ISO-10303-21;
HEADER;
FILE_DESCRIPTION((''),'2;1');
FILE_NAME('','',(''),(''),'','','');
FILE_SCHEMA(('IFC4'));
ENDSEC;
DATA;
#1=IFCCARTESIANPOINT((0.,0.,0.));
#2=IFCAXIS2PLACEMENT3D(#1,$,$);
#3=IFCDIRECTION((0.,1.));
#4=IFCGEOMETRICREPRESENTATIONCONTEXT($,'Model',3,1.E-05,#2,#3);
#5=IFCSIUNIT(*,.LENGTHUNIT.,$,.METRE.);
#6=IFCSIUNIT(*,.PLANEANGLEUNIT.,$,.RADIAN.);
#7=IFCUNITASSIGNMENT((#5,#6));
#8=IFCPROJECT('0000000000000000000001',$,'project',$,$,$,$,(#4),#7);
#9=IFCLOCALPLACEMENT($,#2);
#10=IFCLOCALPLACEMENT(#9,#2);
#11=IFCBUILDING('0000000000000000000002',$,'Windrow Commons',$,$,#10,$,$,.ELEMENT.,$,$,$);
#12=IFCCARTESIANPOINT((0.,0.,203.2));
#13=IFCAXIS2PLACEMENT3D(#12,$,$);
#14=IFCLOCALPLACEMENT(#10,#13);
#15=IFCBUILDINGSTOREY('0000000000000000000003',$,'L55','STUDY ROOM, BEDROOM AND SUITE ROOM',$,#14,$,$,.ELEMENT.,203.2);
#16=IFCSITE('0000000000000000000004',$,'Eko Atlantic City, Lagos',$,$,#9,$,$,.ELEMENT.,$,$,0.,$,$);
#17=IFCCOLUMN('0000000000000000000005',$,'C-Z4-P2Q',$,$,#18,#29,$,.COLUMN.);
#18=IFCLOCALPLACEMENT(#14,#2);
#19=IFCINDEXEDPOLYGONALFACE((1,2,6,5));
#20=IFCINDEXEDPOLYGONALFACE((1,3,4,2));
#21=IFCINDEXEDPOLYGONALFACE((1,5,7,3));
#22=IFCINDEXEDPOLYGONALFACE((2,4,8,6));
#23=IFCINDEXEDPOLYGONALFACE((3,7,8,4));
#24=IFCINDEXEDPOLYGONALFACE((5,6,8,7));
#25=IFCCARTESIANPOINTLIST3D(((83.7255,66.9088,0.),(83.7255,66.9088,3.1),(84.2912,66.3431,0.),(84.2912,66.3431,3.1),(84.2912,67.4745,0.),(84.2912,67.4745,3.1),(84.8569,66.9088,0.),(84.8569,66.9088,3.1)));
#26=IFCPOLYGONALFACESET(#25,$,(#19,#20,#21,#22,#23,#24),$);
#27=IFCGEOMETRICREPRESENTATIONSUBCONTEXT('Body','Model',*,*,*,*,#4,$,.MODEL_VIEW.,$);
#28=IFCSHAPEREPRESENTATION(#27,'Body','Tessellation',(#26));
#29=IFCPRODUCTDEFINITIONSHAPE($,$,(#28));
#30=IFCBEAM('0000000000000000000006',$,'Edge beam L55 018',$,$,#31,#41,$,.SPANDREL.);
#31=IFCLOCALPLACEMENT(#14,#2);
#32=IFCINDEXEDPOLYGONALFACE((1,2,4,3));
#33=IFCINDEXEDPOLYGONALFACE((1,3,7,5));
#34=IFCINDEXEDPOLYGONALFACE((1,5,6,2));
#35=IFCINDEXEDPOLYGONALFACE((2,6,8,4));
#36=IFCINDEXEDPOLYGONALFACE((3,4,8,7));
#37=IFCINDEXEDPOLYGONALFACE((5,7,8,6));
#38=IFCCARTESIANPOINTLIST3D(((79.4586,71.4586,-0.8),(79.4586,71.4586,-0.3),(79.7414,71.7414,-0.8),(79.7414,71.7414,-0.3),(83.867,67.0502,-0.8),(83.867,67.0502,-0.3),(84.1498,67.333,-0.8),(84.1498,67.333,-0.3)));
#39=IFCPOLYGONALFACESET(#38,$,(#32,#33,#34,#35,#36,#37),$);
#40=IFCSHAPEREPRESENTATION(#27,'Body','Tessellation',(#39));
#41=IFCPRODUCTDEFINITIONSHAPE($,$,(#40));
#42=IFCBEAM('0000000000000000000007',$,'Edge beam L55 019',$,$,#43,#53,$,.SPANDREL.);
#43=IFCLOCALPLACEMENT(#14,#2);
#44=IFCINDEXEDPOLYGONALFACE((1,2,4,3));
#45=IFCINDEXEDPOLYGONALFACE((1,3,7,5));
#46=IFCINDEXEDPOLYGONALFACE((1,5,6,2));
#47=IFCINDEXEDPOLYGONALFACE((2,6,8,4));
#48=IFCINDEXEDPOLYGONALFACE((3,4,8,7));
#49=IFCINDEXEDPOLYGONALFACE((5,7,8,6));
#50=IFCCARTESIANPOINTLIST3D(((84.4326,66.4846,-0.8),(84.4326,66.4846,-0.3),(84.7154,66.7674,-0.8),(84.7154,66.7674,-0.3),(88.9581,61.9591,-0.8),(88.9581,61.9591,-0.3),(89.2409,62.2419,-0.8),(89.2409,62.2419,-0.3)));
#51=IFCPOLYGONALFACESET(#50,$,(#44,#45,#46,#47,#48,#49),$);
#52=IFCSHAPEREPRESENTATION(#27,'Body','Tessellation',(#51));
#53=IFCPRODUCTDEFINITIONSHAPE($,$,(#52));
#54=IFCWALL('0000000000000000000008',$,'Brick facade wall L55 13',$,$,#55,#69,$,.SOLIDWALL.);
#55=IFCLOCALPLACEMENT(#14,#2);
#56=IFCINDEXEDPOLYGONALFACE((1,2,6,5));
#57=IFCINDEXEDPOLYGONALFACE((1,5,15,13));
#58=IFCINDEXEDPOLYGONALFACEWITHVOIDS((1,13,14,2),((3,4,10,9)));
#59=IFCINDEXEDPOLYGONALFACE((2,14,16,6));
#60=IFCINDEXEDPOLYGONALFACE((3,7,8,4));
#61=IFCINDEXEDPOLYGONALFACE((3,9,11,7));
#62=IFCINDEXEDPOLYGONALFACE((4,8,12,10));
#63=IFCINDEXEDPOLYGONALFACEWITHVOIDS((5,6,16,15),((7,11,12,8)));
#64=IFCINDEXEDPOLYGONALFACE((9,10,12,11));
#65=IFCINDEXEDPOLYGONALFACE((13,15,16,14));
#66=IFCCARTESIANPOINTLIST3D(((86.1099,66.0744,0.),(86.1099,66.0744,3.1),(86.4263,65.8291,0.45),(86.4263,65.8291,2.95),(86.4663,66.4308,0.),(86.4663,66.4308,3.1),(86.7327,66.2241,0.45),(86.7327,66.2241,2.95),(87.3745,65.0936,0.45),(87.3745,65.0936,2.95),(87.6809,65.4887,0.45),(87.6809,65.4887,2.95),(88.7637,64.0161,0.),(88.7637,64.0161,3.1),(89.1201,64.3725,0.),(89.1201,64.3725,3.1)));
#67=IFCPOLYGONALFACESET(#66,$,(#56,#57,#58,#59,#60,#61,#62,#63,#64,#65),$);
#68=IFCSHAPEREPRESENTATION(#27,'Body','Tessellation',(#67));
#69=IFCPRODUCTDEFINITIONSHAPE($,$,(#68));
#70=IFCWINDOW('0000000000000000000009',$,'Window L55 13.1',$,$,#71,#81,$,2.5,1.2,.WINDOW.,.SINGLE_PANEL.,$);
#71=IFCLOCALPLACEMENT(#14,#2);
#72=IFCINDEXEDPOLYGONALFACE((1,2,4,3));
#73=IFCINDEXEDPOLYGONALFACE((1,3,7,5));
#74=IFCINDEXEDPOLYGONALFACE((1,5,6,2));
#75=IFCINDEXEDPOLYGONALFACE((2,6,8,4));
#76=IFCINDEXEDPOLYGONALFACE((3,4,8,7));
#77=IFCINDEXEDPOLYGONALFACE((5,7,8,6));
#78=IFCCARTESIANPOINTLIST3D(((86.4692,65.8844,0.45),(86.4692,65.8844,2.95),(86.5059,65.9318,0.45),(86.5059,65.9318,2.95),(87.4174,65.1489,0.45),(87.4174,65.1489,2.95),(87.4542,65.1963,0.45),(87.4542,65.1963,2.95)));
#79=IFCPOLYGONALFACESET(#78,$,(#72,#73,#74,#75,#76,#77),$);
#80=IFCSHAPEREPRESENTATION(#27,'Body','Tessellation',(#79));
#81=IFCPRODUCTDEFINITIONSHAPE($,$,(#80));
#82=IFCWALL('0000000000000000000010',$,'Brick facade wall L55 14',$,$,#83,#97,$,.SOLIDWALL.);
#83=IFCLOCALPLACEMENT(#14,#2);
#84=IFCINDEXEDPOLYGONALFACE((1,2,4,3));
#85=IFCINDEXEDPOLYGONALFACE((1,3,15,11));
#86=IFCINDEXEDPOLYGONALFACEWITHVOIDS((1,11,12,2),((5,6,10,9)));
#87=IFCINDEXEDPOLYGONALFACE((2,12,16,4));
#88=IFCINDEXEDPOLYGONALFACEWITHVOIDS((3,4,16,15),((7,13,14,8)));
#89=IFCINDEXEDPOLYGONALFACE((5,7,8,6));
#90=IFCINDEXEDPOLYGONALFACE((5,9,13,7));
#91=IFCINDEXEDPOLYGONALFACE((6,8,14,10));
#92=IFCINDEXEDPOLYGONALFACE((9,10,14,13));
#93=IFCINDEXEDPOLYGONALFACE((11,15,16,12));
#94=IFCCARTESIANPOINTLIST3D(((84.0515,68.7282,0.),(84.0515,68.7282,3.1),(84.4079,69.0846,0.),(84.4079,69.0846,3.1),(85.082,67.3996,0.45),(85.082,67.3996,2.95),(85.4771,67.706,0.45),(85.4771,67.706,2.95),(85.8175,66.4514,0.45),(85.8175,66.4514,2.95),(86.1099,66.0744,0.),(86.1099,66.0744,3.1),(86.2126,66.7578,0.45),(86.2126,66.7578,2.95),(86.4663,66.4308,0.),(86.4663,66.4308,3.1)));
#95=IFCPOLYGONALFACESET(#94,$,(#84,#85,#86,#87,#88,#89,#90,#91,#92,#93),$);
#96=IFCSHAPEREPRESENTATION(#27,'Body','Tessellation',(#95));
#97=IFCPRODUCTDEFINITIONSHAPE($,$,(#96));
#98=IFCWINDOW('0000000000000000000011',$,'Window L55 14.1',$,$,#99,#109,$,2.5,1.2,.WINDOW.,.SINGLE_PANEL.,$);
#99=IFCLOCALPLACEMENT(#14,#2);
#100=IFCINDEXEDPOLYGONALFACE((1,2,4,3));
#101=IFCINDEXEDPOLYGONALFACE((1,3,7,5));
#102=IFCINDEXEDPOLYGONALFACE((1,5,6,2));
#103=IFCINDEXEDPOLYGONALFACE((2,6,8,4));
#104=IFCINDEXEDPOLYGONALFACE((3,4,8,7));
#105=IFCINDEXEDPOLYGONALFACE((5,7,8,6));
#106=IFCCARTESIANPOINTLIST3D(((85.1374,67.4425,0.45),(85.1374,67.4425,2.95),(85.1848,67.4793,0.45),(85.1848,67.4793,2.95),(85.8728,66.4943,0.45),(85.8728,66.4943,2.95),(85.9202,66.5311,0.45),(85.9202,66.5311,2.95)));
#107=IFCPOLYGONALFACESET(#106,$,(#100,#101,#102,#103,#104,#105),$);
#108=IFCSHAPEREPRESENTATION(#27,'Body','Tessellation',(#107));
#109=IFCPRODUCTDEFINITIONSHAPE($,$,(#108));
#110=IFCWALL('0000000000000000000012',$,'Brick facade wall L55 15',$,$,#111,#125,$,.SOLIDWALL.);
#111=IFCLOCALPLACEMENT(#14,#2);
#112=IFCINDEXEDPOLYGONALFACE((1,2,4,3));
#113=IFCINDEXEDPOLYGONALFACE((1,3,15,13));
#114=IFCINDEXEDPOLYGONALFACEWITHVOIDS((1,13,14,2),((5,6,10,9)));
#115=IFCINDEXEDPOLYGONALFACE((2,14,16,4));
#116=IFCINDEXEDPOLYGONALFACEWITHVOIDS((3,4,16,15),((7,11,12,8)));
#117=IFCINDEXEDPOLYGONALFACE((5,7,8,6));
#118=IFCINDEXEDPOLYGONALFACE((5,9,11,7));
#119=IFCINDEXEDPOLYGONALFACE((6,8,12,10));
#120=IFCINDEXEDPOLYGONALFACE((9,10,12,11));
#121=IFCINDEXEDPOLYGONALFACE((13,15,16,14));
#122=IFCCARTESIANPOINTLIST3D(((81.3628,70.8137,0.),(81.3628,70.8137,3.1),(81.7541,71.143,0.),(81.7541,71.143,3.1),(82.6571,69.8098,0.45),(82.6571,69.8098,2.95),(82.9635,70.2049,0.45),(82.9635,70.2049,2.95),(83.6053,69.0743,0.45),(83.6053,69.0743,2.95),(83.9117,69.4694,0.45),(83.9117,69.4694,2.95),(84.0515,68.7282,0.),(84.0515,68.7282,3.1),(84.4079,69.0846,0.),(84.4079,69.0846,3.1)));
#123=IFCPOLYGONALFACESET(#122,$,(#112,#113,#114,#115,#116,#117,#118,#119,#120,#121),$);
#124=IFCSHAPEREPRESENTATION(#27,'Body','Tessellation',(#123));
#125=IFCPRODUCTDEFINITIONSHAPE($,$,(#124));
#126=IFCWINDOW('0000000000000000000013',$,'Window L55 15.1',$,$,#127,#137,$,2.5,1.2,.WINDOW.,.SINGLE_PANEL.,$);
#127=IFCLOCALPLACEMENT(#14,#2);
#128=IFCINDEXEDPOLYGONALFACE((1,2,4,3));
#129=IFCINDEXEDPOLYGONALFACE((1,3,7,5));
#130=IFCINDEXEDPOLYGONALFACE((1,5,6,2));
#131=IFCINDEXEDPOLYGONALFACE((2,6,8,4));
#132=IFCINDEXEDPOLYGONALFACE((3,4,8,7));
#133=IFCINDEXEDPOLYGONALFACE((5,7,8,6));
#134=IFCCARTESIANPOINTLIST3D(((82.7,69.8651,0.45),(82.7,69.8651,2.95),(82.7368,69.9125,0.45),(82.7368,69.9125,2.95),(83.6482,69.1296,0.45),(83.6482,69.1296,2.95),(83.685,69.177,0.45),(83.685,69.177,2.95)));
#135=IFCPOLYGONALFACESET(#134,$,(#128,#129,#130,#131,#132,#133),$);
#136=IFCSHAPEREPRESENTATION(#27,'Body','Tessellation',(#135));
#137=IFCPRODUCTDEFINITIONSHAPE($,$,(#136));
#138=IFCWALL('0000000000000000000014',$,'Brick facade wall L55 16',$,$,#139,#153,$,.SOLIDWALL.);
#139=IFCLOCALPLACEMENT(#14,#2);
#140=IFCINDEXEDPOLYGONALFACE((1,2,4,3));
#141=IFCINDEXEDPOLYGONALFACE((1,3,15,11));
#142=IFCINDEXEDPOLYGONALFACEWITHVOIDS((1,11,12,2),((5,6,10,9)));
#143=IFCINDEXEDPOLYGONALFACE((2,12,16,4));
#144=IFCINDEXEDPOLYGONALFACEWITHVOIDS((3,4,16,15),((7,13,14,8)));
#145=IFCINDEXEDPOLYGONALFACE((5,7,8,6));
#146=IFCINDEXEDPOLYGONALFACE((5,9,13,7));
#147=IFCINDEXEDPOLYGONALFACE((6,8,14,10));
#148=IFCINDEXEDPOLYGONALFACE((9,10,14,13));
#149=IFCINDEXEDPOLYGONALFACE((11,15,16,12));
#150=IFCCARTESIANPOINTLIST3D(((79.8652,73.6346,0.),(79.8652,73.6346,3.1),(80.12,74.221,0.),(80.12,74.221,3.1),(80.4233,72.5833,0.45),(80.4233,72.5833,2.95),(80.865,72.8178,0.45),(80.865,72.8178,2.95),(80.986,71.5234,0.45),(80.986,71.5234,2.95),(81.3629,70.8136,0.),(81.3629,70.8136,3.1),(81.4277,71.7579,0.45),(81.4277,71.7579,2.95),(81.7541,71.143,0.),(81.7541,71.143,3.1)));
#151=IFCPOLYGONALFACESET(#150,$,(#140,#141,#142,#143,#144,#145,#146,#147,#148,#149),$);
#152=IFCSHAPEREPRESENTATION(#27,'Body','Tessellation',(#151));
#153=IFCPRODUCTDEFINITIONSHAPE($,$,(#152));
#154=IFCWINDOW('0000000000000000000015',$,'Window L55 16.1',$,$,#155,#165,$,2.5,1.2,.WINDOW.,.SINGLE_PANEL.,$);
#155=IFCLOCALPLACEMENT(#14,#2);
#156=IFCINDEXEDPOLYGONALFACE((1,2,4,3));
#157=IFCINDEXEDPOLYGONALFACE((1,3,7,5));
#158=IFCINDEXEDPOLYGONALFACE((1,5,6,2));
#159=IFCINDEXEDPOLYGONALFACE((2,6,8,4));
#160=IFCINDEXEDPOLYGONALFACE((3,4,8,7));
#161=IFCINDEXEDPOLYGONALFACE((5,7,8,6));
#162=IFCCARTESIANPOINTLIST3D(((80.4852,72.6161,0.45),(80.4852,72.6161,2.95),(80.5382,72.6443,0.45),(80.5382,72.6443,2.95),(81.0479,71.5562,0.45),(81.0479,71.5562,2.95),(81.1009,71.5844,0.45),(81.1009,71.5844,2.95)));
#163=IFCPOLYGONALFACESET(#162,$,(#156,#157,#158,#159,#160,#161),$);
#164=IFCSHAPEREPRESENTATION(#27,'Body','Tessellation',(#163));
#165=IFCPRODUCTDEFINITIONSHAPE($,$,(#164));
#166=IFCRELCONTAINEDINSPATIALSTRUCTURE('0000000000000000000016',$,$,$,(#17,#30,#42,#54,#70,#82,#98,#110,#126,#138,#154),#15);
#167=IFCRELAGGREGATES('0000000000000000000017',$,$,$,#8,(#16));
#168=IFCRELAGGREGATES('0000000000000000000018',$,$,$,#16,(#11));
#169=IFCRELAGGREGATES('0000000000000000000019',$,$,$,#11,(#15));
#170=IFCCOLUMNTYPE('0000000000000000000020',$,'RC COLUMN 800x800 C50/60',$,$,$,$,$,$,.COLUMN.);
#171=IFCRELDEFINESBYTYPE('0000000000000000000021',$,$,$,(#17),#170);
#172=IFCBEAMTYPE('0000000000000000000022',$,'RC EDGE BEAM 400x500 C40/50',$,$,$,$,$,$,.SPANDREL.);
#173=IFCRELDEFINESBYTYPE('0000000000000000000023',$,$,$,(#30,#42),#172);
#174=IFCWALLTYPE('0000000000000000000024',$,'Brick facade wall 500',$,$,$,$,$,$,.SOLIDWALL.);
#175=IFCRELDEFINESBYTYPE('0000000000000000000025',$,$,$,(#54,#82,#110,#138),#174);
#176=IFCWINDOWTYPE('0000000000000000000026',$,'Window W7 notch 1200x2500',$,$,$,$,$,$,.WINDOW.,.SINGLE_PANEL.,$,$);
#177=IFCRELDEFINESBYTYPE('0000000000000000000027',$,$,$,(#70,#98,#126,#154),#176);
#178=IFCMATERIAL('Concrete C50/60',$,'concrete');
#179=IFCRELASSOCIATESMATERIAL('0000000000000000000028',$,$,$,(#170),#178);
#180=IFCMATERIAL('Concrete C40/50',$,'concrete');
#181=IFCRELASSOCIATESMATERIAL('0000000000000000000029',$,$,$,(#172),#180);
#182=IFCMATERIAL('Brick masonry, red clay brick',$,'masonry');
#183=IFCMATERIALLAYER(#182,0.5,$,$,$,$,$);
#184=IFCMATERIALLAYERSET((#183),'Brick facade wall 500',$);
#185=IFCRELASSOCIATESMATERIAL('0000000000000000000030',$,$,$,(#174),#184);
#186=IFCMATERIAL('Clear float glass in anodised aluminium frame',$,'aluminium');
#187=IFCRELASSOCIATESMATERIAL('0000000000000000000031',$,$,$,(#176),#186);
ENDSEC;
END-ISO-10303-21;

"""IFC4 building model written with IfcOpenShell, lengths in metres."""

from ifc_helpers import new_model, si_unit, direction, frame, frame_2d, origin, origin_2d, place, context, subcontext, project, spatial, polyline, rectangle, outline, extrude, material, layer, layer_set, material_profile, profile_set, type_object, element, fill, save


model = new_model("IFC4")

# Units and contexts
model_context = context("Model", 3, precision=1e-05, world=origin(), true_north=direction((0.0, 1.0)))
body_context = subcontext(model_context, "Body", "Model", "MODEL_VIEW")
ifc_project = project(units=[si_unit("LENGTHUNIT", "METRE"), si_unit("PLANEANGLEUNIT", "RADIAN")], contexts=[model_context])

# Site, building, storey
site_placement = place(None, origin())
site = spatial("IfcSite", under=ifc_project, at=site_placement, Name="Eko Atlantic City, Lagos", CompositionType="ELEMENT", RefElevation=0.0)
building_placement = place(site_placement, origin())
building = spatial("IfcBuilding", under=site, at=building_placement, Name="Windrow Commons", CompositionType="ELEMENT")
storey_placement = place(building_placement, frame((0.0, 0.0, 203.2)))
storey = spatial("IfcBuildingStorey", under=building, at=storey_placement, Name="L55", Description="STUDY ROOM, BEDROOM AND SUITE ROOM", CompositionType="ELEMENT", Elevation=203.2)

# Column
ifc_material_1 = material(Name="Concrete C50/60", Category="concrete")
ifc_material_profile_1 = material_profile(ifc_material_1, rectangle(XDim=0.8, YDim=0.8, at=origin_2d()))
ifc_profile_set_1 = profile_set([ifc_material_profile_1], Name="Concrete C50/60")
column_type = type_object("IfcColumnType", Name="RC COLUMN 800x800 C50/60", PredefinedType="COLUMN", material=ifc_profile_set_1)
column_placement = place(storey_placement, frame((84.2912, 66.9088, 0.0), z_axis=(0.0, 0.0, 1.0), x_axis=(0.707107, -0.707107, 0.0)))
element("IfcColumn", 1, at=column_placement, inside=storey, type_object=column_type, Name="C-Z4-P2Q", PredefinedType="COLUMN", context=body_context, shape_type="SweptSolid", body=[
    extrude(rectangle(XDim=0.8, YDim=0.8, at=origin_2d()), origin(), (0.0, 0.0, 1.0), 3.1),
])

# Beams
ifc_material_2 = material(Name="Concrete C40/50", Category="concrete")
ifc_material_profile_2 = material_profile(ifc_material_2, rectangle(XDim=0.4, YDim=0.5, at=origin_2d()))
ifc_profile_set_2 = profile_set([ifc_material_profile_2], Name="Concrete C40/50")
beam_type = type_object("IfcBeamType", Name="RC EDGE BEAM 400x500 C40/50", PredefinedType="SPANDREL", material=ifc_profile_set_2)
beam_1_placement = place(storey_placement, frame((79.6, 71.6, -0.55), z_axis=(0.707107, -0.707107, 0.0), x_axis=(0.707107, 0.707107, 0.0)))
element("IfcBeam", 2, at=beam_1_placement, inside=storey, type_object=beam_type, Name="Edge beam L55 018", PredefinedType="SPANDREL", context=body_context, shape_type="SweptSolid", body=[
    extrude(rectangle(XDim=0.4, YDim=0.5, at=origin_2d()), origin(), (0.0, 0.0, 1.0), 6.2344),
])
beam_2_placement = place(storey_placement, frame((84.574, 66.626, -0.55), z_axis=(0.707107, -0.707107, 0.0), x_axis=(0.707107, 0.707107, 0.0)))
element("IfcBeam", 3, at=beam_2_placement, inside=storey, type_object=beam_type, Name="Edge beam L55 019", PredefinedType="SPANDREL", context=body_context, shape_type="SweptSolid", body=[
    extrude(rectangle(XDim=0.4, YDim=0.5, at=origin_2d()), origin(), (0.0, 0.0, 1.0), 6.4),
])

# Walls, openings, windows
ifc_material_3 = material(Name="Brick masonry, red clay brick", Category="masonry")
ifc_layer_1 = layer(ifc_material_3, 0.5)
ifc_layer_set_1 = layer_set([ifc_layer_1], Name="Brick facade wall 500")
wall_type_1 = type_object("IfcWallType", Name="Brick facade wall 500", PredefinedType="SOLIDWALL", material=ifc_layer_set_1)
wall_1_placement = place(storey_placement, frame((88.9419, 64.1943, 0.0), z_axis=(0.0, 0.0, 1.0), x_axis=(-0.790184, 0.61287, 0.0)))
wall_1 = element("IfcWall", 4, at=wall_1_placement, inside=storey, type_object=wall_type_1, Name="Brick facade wall L55 13", PredefinedType="SOLIDWALL", context=body_context, shape_type="SweptSolid", body=[
    extrude(outline(polyline([(-0.0316, -0.25), (3.3269, -0.25), (3.3901, 0.25), (0.0316, 0.25), (-0.0316, -0.25)])), origin(), (0.0, 0.0, 1.0), 3.1),
])
opening_1_placement = place(wall_1_placement, frame((1.7897, 0.0, 0.45)))
opening_1 = element("IfcOpeningElement", 5, at=opening_1_placement, cuts=wall_1, PredefinedType="OPENING", context=body_context, shape_type="SweptSolid", body=[
    extrude(rectangle(XDim=1.2, YDim=2.5, at=frame_2d((0.6, 1.25))), frame((0.0, 0.26, 0.0), z_axis=(0.0, -1.0, 0.0), x_axis=(1.0, 0.0, 0.0)), (0.0, 0.0, 1.0), 0.52),
])
ifc_material_4 = material(Name="Clear float glass in anodised aluminium frame", Category="aluminium")
window_type = type_object("IfcWindowType", Name="Window W7 notch 1200x2500", PartitioningType="SINGLE_PANEL", PredefinedType="WINDOW", material=ifc_material_4)
window_1_placement = place(opening_1_placement, origin())
window_1 = element("IfcWindow", 6, at=window_1_placement, inside=storey, type_object=window_type, Name="Window L55 13.1", OverallHeight=2.5, OverallWidth=1.2, PartitioningType="SINGLE_PANEL", PredefinedType="WINDOW", context=body_context, shape_type="SweptSolid", body=[
    extrude(rectangle(XDim=1.2, YDim=2.5, at=frame_2d((0.6, 1.25))), frame((0.0, 0.18, 0.0), z_axis=(0.0, -1.0, 0.0), x_axis=(1.0, 0.0, 0.0)), (0.0, 0.0, 1.0), 0.06),
])
fill(opening_1, window_1)
wall_2_placement = place(storey_placement, frame((86.2881, 66.2526, 0.0), z_axis=(0.0, 0.0, 1.0), x_axis=(-0.612889, 0.790169, 0.0)))
wall_2 = element("IfcWall", 7, at=wall_2_placement, inside=storey, type_object=wall_type_1, Name="Brick facade wall L55 14", PredefinedType="SOLIDWALL", context=body_context, shape_type="SweptSolid", body=[
    extrude(outline(polyline([(0.0316, -0.25), (3.3901, -0.25), (3.3269, 0.25), (-0.0316, 0.25), (0.0316, -0.25)])), origin(), (0.0, 0.0, 1.0), 3.1),
])
opening_2_placement = place(wall_2_placement, frame((0.4455, 0.0, 0.45)))
opening_2 = element("IfcOpeningElement", 8, at=opening_2_placement, cuts=wall_2, PredefinedType="OPENING", context=body_context, shape_type="SweptSolid", body=[
    extrude(rectangle(XDim=1.2, YDim=2.5, at=frame_2d((0.6, 1.25))), frame((0.0, 0.26, 0.0), z_axis=(0.0, -1.0, 0.0), x_axis=(1.0, 0.0, 0.0)), (0.0, 0.0, 1.0), 0.52),
])
window_2_placement = place(opening_2_placement, origin())
window_2 = element("IfcWindow", 9, at=window_2_placement, inside=storey, type_object=window_type, Name="Window L55 14.1", OverallHeight=2.5, OverallWidth=1.2, PartitioningType="SINGLE_PANEL", PredefinedType="WINDOW", context=body_context, shape_type="SweptSolid", body=[
    extrude(rectangle(XDim=1.2, YDim=2.5, at=frame_2d((0.6, 1.25))), frame((0.0, 0.18, 0.0), z_axis=(0.0, -1.0, 0.0), x_axis=(1.0, 0.0, 0.0)), (0.0, 0.0, 1.0), 0.06),
])
fill(opening_2, window_2)
wall_3_placement = place(storey_placement, frame((84.2297, 68.9064, 0.0), z_axis=(0.0, 0.0, 1.0), x_axis=(-0.790169, 0.612889, 0.0)))
wall_3 = element("IfcWall", 10, at=wall_3_placement, inside=storey, type_object=wall_type_1, Name="Brick facade wall L55 15", PredefinedType="SOLIDWALL", context=body_context, shape_type="SweptSolid", body=[
    extrude(outline(polyline([(-0.0316, -0.25), (3.3269, -0.25), (3.4343, 0.25), (0.0316, 0.25), (-0.0316, -0.25)])), origin(), (0.0, 0.0, 1.0), 3.1),
])
opening_3_placement = place(wall_3_placement, frame((0.5963, 0.0, 0.45)))
opening_3 = element("IfcOpeningElement", 11, at=opening_3_placement, cuts=wall_3, PredefinedType="OPENING", context=body_context, shape_type="SweptSolid", body=[
    extrude(rectangle(XDim=1.2, YDim=2.5, at=frame_2d((0.6, 1.25))), frame((0.0, 0.26, 0.0), z_axis=(0.0, -1.0, 0.0), x_axis=(1.0, 0.0, 0.0)), (0.0, 0.0, 1.0), 0.52),
])
window_3_placement = place(opening_3_placement, origin())
window_3 = element("IfcWindow", 12, at=window_3_placement, inside=storey, type_object=window_type, Name="Window L55 15.1", OverallHeight=2.5, OverallWidth=1.2, PartitioningType="SINGLE_PANEL", PredefinedType="WINDOW", context=body_context, shape_type="SweptSolid", body=[
    extrude(rectangle(XDim=1.2, YDim=2.5, at=frame_2d((0.6, 1.25))), frame((0.0, 0.18, 0.0), z_axis=(0.0, -1.0, 0.0), x_axis=(1.0, 0.0, 0.0)), (0.0, 0.0, 1.0), 0.06),
])
fill(opening_3, window_3)
wall_4_placement = place(storey_placement, frame((81.5585, 70.9783, 0.0), z_axis=(0.0, 0.0, 1.0), x_axis=(-0.468917, 0.883242, 0.0)))
wall_4 = element("IfcWall", 13, at=wall_4_placement, inside=storey, type_object=wall_type_1, Name="Brick facade wall L55 16", PredefinedType="SOLIDWALL", context=body_context, shape_type="SweptSolid", body=[
    extrude(outline(polyline([(0.0537, -0.25), (3.5386, -0.25), (3.1402, 0.25), (-0.0537, 0.25), (0.0537, -0.25)])), origin(), (0.0, 0.0, 1.0), 3.1),
])
opening_4_placement = place(wall_4_placement, frame((0.7499, 0.0, 0.45)))
opening_4 = element("IfcOpeningElement", 14, at=opening_4_placement, cuts=wall_4, PredefinedType="OPENING", context=body_context, shape_type="SweptSolid", body=[
    extrude(rectangle(XDim=1.2, YDim=2.5, at=frame_2d((0.6, 1.25))), frame((0.0, 0.26, 0.0), z_axis=(0.0, -1.0, 0.0), x_axis=(1.0, 0.0, 0.0)), (0.0, 0.0, 1.0), 0.52),
])
window_4_placement = place(opening_4_placement, origin())
window_4 = element("IfcWindow", 15, at=window_4_placement, inside=storey, type_object=window_type, Name="Window L55 16.1", OverallHeight=2.5, OverallWidth=1.2, PartitioningType="SINGLE_PANEL", PredefinedType="WINDOW", context=body_context, shape_type="SweptSolid", body=[
    extrude(rectangle(XDim=1.2, YDim=2.5, at=frame_2d((0.6, 1.25))), frame((0.0, 0.18, 0.0), z_axis=(0.0, -1.0, 0.0), x_axis=(1.0, 0.0, 0.0)), (0.0, 0.0, 1.0), 0.06),
])
fill(opening_4, window_4)

save(model, "model.ifc")
